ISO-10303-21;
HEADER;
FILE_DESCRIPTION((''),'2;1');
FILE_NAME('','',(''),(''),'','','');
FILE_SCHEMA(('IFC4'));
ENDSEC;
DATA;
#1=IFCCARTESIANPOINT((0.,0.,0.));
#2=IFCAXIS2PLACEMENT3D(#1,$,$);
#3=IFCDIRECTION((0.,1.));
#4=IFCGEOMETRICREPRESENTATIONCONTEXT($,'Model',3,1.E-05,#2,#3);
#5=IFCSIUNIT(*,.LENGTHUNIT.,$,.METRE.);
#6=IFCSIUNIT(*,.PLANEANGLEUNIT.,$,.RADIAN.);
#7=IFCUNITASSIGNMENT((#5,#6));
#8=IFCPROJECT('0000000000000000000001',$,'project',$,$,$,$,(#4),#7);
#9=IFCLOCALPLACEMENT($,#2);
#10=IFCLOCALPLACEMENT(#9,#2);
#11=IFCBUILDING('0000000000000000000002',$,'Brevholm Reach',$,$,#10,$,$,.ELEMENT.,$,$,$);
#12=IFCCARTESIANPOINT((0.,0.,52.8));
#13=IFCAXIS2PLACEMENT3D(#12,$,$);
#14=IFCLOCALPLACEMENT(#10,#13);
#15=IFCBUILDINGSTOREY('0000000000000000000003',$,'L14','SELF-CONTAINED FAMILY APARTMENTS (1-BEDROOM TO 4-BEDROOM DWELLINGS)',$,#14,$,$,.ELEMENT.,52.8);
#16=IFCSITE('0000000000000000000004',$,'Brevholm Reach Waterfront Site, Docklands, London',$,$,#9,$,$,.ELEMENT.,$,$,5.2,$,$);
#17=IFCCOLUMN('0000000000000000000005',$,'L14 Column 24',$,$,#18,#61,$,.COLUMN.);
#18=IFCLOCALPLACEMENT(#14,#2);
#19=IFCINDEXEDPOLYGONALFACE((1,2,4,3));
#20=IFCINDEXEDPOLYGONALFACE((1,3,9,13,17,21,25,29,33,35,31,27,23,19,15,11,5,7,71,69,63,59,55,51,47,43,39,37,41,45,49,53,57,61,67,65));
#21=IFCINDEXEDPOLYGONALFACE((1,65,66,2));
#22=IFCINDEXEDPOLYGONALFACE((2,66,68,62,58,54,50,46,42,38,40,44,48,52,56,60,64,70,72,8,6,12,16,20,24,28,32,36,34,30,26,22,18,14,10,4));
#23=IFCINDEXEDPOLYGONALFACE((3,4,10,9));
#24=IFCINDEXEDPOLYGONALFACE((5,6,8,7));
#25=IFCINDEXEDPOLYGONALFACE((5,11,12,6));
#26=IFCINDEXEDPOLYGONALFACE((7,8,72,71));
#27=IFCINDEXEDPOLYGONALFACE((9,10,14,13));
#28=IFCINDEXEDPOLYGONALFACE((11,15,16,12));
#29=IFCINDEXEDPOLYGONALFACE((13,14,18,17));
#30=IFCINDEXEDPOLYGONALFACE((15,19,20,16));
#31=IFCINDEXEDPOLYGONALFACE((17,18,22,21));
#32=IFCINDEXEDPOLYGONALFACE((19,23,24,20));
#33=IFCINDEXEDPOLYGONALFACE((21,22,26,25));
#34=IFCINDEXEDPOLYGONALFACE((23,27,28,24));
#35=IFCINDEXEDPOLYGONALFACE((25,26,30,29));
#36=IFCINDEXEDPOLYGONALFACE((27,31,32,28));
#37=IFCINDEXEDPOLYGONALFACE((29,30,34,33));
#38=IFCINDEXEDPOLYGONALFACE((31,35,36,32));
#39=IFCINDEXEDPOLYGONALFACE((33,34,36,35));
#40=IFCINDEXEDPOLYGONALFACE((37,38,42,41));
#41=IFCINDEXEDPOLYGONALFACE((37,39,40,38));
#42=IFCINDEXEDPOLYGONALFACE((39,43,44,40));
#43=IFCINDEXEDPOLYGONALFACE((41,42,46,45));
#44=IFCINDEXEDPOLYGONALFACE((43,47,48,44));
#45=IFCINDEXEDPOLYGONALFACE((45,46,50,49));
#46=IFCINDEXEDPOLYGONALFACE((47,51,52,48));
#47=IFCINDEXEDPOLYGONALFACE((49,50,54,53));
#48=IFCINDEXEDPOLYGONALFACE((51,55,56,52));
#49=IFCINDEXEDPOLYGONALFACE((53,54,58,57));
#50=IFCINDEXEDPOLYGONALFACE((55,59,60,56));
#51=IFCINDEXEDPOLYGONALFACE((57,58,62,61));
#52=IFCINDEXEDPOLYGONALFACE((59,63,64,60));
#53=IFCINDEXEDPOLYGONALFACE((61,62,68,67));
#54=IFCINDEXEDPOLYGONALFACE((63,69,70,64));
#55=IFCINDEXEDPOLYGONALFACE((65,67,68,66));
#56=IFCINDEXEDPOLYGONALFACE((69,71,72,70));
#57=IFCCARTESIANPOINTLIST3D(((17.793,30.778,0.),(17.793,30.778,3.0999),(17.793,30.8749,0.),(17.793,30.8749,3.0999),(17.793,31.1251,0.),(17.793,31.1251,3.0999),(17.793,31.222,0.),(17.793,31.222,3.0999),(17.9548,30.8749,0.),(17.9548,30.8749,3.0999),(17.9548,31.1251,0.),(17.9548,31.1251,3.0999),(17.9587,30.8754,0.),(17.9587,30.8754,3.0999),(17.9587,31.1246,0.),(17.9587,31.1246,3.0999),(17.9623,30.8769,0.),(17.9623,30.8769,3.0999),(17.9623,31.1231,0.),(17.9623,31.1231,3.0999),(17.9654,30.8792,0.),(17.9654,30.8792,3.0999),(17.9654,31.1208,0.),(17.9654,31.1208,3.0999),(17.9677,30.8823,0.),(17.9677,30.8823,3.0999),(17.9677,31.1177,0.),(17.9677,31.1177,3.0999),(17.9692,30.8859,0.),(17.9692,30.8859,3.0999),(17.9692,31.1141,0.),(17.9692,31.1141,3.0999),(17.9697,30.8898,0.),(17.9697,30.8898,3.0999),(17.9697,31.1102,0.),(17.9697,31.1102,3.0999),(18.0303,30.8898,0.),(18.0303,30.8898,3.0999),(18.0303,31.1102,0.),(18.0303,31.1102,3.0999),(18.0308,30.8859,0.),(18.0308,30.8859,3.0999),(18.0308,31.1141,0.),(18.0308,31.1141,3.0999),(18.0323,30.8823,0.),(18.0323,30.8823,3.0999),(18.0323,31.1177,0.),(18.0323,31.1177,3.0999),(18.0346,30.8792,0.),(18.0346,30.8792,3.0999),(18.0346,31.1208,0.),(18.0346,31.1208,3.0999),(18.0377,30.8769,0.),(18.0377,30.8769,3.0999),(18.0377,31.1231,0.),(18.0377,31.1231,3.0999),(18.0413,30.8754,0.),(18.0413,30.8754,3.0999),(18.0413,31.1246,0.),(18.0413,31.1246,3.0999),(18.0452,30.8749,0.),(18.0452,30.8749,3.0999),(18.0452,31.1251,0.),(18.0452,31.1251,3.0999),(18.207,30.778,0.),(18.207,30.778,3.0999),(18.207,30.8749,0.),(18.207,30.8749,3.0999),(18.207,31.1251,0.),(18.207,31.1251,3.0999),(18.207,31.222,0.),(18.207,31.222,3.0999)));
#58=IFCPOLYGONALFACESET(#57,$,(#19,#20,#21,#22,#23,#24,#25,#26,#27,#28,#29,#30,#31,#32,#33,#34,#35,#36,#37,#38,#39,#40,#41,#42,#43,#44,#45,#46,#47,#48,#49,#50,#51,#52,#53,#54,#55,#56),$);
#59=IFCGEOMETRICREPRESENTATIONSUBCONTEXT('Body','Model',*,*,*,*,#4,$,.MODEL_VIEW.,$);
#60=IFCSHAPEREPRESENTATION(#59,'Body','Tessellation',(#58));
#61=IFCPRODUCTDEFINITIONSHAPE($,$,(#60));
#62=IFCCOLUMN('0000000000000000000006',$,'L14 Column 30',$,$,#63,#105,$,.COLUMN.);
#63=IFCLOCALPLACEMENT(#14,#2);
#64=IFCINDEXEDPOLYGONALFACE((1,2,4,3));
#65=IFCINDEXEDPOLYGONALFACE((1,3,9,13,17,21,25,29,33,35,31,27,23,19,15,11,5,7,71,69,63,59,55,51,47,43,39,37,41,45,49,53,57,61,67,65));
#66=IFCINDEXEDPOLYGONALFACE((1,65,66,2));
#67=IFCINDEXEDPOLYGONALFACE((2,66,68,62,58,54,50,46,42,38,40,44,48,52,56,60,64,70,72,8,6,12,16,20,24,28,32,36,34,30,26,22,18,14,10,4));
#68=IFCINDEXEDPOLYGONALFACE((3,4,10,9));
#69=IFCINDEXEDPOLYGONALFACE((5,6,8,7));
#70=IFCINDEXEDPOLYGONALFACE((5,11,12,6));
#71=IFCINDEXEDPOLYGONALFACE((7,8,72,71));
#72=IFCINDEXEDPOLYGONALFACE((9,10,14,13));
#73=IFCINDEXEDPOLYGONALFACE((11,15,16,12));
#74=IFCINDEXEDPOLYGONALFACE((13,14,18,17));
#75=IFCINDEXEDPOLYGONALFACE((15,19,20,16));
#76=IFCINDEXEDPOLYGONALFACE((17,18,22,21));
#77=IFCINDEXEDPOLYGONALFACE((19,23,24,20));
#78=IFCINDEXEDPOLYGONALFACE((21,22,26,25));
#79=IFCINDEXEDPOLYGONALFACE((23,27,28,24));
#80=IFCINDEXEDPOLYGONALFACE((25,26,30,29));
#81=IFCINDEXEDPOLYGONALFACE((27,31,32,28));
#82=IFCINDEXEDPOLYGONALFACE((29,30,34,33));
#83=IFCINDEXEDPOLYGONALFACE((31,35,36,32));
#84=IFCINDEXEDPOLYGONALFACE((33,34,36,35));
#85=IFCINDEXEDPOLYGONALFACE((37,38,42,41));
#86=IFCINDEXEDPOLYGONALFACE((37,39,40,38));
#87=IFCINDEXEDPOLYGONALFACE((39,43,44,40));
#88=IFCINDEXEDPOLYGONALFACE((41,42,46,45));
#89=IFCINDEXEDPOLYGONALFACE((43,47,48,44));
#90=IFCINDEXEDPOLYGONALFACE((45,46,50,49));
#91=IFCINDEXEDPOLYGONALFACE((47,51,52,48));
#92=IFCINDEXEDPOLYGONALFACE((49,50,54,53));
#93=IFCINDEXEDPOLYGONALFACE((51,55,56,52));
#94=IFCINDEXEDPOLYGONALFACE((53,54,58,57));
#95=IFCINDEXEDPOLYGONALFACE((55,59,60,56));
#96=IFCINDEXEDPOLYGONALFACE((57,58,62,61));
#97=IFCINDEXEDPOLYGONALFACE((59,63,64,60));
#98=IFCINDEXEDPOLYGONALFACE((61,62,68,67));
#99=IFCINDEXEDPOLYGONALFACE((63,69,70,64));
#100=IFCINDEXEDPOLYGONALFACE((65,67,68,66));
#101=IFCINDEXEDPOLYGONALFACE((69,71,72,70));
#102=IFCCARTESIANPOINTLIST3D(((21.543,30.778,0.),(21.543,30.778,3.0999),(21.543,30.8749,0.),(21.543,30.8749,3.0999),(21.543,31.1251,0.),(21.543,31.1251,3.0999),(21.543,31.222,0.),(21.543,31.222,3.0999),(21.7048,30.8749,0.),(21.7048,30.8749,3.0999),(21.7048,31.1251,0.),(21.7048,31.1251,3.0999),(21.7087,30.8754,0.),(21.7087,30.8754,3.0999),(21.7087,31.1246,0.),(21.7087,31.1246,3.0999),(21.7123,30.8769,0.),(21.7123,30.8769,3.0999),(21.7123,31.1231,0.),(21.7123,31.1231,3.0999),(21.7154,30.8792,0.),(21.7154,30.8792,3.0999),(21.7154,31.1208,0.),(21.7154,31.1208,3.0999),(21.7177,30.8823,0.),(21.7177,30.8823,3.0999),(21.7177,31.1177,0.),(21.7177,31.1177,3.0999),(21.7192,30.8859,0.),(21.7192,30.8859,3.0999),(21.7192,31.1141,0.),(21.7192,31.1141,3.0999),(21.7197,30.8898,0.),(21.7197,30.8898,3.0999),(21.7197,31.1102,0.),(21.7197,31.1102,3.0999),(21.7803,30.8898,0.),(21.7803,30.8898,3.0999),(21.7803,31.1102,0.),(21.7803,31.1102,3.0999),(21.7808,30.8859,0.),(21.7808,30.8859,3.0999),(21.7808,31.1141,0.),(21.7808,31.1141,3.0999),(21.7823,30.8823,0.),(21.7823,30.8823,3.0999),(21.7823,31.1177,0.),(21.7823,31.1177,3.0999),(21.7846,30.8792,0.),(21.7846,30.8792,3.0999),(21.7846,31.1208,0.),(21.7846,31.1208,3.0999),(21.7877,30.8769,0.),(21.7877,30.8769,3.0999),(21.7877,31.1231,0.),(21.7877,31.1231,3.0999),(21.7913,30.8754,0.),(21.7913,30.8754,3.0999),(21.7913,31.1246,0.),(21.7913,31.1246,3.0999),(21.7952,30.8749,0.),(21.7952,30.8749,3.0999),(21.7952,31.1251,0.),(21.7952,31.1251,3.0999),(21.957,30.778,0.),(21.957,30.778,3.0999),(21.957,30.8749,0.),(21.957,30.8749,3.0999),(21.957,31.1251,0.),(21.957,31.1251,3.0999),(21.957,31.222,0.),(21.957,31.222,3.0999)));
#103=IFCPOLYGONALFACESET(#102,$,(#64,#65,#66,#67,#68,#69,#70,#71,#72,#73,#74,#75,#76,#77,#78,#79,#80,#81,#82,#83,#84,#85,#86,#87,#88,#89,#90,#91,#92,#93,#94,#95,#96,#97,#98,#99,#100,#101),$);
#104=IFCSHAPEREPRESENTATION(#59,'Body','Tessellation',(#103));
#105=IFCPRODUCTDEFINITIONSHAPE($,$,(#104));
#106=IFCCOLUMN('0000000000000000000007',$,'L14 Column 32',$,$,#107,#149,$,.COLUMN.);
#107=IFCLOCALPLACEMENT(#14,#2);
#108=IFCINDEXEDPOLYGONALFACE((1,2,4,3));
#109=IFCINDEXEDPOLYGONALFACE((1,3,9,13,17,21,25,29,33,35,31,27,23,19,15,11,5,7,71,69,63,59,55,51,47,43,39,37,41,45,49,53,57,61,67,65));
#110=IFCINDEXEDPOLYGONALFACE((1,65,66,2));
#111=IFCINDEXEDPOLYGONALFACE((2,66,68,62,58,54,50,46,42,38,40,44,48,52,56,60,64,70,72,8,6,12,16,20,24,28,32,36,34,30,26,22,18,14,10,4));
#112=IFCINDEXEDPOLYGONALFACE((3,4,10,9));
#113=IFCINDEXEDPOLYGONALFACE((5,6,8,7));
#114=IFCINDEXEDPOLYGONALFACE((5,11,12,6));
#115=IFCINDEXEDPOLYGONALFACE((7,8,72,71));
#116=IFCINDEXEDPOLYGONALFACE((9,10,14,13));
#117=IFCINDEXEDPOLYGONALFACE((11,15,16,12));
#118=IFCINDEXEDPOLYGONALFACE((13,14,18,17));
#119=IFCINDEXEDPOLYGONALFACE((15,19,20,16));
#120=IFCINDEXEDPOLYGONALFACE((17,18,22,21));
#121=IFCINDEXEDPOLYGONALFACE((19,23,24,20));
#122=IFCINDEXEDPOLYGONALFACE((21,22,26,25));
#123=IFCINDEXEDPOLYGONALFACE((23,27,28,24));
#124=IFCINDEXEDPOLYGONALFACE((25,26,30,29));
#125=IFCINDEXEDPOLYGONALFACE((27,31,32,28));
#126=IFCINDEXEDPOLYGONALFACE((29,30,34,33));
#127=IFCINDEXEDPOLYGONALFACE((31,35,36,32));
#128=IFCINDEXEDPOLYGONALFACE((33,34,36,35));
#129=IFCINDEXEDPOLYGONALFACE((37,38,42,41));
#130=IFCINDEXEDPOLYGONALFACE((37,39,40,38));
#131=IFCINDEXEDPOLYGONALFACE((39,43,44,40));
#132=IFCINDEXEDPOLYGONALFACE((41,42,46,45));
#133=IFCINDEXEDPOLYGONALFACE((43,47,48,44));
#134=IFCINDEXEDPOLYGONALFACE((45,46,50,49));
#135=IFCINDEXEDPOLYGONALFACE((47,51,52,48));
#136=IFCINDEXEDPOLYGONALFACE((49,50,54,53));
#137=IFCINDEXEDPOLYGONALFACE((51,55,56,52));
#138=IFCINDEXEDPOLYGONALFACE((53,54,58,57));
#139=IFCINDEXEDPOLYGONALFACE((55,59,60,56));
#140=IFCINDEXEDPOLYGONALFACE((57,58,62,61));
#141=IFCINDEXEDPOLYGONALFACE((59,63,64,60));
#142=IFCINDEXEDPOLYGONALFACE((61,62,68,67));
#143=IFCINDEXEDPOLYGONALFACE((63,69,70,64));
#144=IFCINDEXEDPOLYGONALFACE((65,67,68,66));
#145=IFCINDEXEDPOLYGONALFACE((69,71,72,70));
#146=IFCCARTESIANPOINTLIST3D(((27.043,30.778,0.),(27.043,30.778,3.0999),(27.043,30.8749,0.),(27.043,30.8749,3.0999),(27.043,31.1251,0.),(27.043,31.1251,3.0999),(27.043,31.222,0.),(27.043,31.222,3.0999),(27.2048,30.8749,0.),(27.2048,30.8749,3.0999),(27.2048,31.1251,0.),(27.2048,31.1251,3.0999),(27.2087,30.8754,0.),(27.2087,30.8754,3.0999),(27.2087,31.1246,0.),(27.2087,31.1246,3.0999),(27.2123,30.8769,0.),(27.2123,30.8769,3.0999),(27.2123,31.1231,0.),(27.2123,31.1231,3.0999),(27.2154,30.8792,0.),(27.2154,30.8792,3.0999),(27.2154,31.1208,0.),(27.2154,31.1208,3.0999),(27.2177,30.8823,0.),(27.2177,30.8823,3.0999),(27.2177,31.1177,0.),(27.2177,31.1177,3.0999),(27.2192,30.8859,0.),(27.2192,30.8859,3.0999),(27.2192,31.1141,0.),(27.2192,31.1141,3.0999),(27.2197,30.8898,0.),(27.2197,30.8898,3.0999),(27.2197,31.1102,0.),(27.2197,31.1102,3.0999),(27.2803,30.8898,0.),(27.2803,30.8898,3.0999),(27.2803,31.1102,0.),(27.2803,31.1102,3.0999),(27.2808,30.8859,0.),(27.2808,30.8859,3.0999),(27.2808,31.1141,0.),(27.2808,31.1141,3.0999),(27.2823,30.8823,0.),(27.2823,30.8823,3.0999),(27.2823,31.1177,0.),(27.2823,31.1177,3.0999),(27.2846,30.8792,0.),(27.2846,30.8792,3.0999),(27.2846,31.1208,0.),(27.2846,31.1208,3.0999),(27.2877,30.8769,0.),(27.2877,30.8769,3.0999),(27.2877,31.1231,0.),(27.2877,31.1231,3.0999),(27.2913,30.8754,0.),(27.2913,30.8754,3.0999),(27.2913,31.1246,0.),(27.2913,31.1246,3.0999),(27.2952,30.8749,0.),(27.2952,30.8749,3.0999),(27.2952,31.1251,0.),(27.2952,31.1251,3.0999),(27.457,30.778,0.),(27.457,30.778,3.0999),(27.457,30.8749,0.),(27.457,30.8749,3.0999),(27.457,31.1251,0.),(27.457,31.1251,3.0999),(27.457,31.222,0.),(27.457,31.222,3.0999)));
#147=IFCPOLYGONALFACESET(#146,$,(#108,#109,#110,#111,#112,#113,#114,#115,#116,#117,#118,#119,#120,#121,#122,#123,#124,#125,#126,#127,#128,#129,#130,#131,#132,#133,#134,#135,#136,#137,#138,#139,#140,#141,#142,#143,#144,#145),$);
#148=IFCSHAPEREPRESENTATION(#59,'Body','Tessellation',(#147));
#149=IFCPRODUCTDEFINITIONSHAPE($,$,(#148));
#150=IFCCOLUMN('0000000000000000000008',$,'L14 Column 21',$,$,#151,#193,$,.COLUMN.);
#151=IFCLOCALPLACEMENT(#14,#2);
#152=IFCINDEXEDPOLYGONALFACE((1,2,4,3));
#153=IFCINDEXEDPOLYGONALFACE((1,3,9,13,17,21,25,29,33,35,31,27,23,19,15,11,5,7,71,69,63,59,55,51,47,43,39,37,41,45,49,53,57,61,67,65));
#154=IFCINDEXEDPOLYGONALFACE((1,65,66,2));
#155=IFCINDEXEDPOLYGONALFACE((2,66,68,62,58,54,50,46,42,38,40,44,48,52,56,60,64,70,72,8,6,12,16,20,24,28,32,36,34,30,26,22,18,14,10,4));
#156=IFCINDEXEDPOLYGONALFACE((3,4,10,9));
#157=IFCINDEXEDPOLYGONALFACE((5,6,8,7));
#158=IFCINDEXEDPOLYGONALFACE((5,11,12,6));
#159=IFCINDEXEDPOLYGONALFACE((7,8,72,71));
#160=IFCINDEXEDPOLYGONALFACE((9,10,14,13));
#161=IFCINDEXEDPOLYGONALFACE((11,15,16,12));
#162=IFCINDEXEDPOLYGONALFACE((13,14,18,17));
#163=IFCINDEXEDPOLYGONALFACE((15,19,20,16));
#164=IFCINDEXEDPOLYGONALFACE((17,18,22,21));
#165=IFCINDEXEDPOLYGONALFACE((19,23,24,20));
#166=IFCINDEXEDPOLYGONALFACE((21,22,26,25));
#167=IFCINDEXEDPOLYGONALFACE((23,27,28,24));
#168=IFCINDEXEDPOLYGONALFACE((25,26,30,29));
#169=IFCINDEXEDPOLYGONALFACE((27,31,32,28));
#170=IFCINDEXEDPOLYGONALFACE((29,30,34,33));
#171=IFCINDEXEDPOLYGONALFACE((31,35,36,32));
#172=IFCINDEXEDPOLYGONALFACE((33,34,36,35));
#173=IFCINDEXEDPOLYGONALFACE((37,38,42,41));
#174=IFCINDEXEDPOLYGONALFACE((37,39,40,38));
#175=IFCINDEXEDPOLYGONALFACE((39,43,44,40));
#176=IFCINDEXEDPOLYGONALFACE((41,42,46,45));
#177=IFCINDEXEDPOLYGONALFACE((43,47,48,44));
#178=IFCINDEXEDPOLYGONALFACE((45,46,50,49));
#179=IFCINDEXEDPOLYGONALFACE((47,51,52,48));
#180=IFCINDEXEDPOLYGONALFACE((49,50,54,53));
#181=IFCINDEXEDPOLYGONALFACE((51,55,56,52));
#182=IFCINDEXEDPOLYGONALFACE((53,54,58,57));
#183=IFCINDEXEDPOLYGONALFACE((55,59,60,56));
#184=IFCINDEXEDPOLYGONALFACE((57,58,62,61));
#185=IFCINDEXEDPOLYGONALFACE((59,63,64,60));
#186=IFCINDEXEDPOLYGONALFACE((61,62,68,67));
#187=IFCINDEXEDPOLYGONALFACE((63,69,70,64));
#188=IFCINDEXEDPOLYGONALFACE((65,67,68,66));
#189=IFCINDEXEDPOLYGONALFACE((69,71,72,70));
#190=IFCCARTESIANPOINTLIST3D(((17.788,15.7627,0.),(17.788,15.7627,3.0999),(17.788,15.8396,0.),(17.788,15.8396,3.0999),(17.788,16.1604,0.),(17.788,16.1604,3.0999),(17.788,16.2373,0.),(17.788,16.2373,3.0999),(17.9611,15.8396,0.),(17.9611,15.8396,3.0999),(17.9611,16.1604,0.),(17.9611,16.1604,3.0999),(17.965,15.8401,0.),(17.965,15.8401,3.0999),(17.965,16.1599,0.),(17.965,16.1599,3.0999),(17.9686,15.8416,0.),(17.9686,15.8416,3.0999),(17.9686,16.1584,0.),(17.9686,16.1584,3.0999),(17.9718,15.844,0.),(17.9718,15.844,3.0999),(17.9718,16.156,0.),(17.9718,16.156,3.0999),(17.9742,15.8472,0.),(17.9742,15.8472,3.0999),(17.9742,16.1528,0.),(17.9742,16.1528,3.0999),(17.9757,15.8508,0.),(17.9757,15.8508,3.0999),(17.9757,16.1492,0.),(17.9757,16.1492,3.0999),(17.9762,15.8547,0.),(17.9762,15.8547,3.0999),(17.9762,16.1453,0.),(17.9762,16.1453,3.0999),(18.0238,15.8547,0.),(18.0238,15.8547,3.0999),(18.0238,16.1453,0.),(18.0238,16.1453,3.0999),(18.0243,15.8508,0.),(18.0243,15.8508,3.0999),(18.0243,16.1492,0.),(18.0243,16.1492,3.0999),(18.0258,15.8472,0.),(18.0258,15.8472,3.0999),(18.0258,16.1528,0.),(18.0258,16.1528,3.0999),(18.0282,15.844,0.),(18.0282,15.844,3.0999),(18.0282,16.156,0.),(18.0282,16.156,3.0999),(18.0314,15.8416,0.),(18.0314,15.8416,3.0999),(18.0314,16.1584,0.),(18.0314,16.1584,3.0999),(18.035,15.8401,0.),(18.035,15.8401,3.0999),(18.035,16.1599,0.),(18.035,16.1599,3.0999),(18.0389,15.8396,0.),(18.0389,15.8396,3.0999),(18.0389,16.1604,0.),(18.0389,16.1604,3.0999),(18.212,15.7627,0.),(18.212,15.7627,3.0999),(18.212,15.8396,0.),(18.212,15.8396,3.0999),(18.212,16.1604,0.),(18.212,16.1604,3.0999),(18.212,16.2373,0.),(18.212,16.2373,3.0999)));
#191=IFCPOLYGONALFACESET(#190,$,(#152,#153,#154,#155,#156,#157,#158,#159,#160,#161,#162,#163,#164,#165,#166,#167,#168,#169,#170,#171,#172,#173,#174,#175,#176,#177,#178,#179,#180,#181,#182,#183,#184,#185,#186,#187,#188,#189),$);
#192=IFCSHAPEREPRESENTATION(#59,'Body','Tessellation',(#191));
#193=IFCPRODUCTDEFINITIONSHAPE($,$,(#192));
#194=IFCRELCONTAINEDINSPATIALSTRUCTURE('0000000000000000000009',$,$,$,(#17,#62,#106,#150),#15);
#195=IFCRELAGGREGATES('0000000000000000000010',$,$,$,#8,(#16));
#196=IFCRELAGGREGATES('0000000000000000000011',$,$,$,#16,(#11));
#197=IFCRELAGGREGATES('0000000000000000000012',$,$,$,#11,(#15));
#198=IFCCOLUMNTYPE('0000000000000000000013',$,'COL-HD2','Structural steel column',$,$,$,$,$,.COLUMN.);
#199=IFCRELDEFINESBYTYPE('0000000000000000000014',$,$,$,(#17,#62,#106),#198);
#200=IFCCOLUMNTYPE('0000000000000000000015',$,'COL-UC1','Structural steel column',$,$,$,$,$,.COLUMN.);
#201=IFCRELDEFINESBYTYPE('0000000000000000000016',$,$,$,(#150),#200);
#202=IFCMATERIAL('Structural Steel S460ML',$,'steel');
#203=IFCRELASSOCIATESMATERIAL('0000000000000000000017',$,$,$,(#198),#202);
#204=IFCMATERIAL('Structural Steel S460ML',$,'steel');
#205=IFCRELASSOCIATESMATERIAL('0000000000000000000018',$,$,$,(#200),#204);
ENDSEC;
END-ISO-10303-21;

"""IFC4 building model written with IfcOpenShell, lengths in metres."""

from ifc_helpers import new_model, si_unit, direction, frame, origin, origin_2d, place, context, subcontext, project, spatial, i_section, extrude, material, material_profile, profile_set, type_object, element, save


model = new_model("IFC4")

# Units and contexts
model_context = context("Model", 3, precision=1e-05, world=origin(), true_north=direction((0.0, 1.0)))
body_context = subcontext(model_context, "Body", "Model", "MODEL_VIEW")
ifc_project = project(units=[si_unit("LENGTHUNIT", "METRE"), si_unit("PLANEANGLEUNIT", "RADIAN")], contexts=[model_context])

# Site, building, storey
site_placement = place(None, origin())
site = spatial("IfcSite", under=ifc_project, at=site_placement, Name="Brevholm Reach Waterfront Site, Docklands, London", CompositionType="ELEMENT", RefElevation=5.2)
building_placement = place(site_placement, origin())
building = spatial("IfcBuilding", under=site, at=building_placement, Name="Brevholm Reach", CompositionType="ELEMENT")
storey_placement = place(building_placement, frame((0.0, 0.0, 52.8)))
storey = spatial("IfcBuildingStorey", under=building, at=storey_placement, Name="L14", Description="SELF-CONTAINED FAMILY APARTMENTS (1-BEDROOM TO 4-BEDROOM DWELLINGS)", CompositionType="ELEMENT", Elevation=52.8)

# Columns
ifc_material_1 = material(Name="Structural Steel S460ML", Category="steel")
ifc_material_profile_1 = material_profile(ifc_material_1, i_section(OverallWidth=0.4141, OverallDepth=0.4441, WebThickness=0.0605, FlangeThickness=0.0969, FilletRadius=0.0149, at=origin_2d()), Name="HD 400x818")
ifc_profile_set_1 = profile_set([ifc_material_profile_1], Name="Structural Steel S460ML")
column_type_1 = type_object("IfcColumnType", Name="COL-HD2", Description="Structural steel column", PredefinedType="COLUMN", material=ifc_profile_set_1)
for number, where, z_axis, x_axis, name in (
    (1, (18.0, 31.0, 0.0), (0.0, 0.0, 1.0), (1.0, 0.0, 0.0), "L14 Column 24"),
    (2, (21.75, 31.0, 0.0), (0.0, 0.0, 1.0), (1.0, 0.0, 0.0), "L14 Column 30"),
    (3, (27.25, 31.0, 0.0), (0.0, 0.0, 1.0), (1.0, 0.0, 0.0), "L14 Column 32"),
):
    element("IfcColumn", number, at=place(storey_placement, frame(where, z_axis=z_axis, x_axis=x_axis)), inside=storey, type_object=column_type_1, Name=name, PredefinedType="COLUMN", context=body_context, shape_type="SweptSolid", body=[
        extrude(i_section(OverallWidth=0.4141, OverallDepth=0.4441, WebThickness=0.0605, FlangeThickness=0.0969, FilletRadius=0.0149, at=origin_2d()), origin(), (0.0, 0.0, 1.0), 3.0999),
    ])
ifc_material_2 = material(Name="Structural Steel S460ML", Category="steel")
ifc_material_profile_2 = material_profile(ifc_material_2, i_section(OverallWidth=0.4241, OverallDepth=0.4746, WebThickness=0.0476, FlangeThickness=0.0769, FilletRadius=0.0151, at=origin_2d()), Name="UKC 356x406x634")
ifc_profile_set_2 = profile_set([ifc_material_profile_2], Name="Structural Steel S460ML")
column_type_2 = type_object("IfcColumnType", Name="COL-UC1", Description="Structural steel column", PredefinedType="COLUMN", material=ifc_profile_set_2)
for number, where, z_axis, x_axis, name in (
    (4, (18.0, 16.0, 0.0), (0.0, 0.0, 1.0), (1.0, 0.0, 0.0), "L14 Column 21"),
):
    element("IfcColumn", number, at=place(storey_placement, frame(where, z_axis=z_axis, x_axis=x_axis)), inside=storey, type_object=column_type_2, Name=name, PredefinedType="COLUMN", context=body_context, shape_type="SweptSolid", body=[
        extrude(i_section(OverallWidth=0.4241, OverallDepth=0.4746, WebThickness=0.0476, FlangeThickness=0.0769, FilletRadius=0.0151, at=origin_2d()), origin(), (0.0, 0.0, 1.0), 3.0999),
    ])

save(model, "model.ifc")
